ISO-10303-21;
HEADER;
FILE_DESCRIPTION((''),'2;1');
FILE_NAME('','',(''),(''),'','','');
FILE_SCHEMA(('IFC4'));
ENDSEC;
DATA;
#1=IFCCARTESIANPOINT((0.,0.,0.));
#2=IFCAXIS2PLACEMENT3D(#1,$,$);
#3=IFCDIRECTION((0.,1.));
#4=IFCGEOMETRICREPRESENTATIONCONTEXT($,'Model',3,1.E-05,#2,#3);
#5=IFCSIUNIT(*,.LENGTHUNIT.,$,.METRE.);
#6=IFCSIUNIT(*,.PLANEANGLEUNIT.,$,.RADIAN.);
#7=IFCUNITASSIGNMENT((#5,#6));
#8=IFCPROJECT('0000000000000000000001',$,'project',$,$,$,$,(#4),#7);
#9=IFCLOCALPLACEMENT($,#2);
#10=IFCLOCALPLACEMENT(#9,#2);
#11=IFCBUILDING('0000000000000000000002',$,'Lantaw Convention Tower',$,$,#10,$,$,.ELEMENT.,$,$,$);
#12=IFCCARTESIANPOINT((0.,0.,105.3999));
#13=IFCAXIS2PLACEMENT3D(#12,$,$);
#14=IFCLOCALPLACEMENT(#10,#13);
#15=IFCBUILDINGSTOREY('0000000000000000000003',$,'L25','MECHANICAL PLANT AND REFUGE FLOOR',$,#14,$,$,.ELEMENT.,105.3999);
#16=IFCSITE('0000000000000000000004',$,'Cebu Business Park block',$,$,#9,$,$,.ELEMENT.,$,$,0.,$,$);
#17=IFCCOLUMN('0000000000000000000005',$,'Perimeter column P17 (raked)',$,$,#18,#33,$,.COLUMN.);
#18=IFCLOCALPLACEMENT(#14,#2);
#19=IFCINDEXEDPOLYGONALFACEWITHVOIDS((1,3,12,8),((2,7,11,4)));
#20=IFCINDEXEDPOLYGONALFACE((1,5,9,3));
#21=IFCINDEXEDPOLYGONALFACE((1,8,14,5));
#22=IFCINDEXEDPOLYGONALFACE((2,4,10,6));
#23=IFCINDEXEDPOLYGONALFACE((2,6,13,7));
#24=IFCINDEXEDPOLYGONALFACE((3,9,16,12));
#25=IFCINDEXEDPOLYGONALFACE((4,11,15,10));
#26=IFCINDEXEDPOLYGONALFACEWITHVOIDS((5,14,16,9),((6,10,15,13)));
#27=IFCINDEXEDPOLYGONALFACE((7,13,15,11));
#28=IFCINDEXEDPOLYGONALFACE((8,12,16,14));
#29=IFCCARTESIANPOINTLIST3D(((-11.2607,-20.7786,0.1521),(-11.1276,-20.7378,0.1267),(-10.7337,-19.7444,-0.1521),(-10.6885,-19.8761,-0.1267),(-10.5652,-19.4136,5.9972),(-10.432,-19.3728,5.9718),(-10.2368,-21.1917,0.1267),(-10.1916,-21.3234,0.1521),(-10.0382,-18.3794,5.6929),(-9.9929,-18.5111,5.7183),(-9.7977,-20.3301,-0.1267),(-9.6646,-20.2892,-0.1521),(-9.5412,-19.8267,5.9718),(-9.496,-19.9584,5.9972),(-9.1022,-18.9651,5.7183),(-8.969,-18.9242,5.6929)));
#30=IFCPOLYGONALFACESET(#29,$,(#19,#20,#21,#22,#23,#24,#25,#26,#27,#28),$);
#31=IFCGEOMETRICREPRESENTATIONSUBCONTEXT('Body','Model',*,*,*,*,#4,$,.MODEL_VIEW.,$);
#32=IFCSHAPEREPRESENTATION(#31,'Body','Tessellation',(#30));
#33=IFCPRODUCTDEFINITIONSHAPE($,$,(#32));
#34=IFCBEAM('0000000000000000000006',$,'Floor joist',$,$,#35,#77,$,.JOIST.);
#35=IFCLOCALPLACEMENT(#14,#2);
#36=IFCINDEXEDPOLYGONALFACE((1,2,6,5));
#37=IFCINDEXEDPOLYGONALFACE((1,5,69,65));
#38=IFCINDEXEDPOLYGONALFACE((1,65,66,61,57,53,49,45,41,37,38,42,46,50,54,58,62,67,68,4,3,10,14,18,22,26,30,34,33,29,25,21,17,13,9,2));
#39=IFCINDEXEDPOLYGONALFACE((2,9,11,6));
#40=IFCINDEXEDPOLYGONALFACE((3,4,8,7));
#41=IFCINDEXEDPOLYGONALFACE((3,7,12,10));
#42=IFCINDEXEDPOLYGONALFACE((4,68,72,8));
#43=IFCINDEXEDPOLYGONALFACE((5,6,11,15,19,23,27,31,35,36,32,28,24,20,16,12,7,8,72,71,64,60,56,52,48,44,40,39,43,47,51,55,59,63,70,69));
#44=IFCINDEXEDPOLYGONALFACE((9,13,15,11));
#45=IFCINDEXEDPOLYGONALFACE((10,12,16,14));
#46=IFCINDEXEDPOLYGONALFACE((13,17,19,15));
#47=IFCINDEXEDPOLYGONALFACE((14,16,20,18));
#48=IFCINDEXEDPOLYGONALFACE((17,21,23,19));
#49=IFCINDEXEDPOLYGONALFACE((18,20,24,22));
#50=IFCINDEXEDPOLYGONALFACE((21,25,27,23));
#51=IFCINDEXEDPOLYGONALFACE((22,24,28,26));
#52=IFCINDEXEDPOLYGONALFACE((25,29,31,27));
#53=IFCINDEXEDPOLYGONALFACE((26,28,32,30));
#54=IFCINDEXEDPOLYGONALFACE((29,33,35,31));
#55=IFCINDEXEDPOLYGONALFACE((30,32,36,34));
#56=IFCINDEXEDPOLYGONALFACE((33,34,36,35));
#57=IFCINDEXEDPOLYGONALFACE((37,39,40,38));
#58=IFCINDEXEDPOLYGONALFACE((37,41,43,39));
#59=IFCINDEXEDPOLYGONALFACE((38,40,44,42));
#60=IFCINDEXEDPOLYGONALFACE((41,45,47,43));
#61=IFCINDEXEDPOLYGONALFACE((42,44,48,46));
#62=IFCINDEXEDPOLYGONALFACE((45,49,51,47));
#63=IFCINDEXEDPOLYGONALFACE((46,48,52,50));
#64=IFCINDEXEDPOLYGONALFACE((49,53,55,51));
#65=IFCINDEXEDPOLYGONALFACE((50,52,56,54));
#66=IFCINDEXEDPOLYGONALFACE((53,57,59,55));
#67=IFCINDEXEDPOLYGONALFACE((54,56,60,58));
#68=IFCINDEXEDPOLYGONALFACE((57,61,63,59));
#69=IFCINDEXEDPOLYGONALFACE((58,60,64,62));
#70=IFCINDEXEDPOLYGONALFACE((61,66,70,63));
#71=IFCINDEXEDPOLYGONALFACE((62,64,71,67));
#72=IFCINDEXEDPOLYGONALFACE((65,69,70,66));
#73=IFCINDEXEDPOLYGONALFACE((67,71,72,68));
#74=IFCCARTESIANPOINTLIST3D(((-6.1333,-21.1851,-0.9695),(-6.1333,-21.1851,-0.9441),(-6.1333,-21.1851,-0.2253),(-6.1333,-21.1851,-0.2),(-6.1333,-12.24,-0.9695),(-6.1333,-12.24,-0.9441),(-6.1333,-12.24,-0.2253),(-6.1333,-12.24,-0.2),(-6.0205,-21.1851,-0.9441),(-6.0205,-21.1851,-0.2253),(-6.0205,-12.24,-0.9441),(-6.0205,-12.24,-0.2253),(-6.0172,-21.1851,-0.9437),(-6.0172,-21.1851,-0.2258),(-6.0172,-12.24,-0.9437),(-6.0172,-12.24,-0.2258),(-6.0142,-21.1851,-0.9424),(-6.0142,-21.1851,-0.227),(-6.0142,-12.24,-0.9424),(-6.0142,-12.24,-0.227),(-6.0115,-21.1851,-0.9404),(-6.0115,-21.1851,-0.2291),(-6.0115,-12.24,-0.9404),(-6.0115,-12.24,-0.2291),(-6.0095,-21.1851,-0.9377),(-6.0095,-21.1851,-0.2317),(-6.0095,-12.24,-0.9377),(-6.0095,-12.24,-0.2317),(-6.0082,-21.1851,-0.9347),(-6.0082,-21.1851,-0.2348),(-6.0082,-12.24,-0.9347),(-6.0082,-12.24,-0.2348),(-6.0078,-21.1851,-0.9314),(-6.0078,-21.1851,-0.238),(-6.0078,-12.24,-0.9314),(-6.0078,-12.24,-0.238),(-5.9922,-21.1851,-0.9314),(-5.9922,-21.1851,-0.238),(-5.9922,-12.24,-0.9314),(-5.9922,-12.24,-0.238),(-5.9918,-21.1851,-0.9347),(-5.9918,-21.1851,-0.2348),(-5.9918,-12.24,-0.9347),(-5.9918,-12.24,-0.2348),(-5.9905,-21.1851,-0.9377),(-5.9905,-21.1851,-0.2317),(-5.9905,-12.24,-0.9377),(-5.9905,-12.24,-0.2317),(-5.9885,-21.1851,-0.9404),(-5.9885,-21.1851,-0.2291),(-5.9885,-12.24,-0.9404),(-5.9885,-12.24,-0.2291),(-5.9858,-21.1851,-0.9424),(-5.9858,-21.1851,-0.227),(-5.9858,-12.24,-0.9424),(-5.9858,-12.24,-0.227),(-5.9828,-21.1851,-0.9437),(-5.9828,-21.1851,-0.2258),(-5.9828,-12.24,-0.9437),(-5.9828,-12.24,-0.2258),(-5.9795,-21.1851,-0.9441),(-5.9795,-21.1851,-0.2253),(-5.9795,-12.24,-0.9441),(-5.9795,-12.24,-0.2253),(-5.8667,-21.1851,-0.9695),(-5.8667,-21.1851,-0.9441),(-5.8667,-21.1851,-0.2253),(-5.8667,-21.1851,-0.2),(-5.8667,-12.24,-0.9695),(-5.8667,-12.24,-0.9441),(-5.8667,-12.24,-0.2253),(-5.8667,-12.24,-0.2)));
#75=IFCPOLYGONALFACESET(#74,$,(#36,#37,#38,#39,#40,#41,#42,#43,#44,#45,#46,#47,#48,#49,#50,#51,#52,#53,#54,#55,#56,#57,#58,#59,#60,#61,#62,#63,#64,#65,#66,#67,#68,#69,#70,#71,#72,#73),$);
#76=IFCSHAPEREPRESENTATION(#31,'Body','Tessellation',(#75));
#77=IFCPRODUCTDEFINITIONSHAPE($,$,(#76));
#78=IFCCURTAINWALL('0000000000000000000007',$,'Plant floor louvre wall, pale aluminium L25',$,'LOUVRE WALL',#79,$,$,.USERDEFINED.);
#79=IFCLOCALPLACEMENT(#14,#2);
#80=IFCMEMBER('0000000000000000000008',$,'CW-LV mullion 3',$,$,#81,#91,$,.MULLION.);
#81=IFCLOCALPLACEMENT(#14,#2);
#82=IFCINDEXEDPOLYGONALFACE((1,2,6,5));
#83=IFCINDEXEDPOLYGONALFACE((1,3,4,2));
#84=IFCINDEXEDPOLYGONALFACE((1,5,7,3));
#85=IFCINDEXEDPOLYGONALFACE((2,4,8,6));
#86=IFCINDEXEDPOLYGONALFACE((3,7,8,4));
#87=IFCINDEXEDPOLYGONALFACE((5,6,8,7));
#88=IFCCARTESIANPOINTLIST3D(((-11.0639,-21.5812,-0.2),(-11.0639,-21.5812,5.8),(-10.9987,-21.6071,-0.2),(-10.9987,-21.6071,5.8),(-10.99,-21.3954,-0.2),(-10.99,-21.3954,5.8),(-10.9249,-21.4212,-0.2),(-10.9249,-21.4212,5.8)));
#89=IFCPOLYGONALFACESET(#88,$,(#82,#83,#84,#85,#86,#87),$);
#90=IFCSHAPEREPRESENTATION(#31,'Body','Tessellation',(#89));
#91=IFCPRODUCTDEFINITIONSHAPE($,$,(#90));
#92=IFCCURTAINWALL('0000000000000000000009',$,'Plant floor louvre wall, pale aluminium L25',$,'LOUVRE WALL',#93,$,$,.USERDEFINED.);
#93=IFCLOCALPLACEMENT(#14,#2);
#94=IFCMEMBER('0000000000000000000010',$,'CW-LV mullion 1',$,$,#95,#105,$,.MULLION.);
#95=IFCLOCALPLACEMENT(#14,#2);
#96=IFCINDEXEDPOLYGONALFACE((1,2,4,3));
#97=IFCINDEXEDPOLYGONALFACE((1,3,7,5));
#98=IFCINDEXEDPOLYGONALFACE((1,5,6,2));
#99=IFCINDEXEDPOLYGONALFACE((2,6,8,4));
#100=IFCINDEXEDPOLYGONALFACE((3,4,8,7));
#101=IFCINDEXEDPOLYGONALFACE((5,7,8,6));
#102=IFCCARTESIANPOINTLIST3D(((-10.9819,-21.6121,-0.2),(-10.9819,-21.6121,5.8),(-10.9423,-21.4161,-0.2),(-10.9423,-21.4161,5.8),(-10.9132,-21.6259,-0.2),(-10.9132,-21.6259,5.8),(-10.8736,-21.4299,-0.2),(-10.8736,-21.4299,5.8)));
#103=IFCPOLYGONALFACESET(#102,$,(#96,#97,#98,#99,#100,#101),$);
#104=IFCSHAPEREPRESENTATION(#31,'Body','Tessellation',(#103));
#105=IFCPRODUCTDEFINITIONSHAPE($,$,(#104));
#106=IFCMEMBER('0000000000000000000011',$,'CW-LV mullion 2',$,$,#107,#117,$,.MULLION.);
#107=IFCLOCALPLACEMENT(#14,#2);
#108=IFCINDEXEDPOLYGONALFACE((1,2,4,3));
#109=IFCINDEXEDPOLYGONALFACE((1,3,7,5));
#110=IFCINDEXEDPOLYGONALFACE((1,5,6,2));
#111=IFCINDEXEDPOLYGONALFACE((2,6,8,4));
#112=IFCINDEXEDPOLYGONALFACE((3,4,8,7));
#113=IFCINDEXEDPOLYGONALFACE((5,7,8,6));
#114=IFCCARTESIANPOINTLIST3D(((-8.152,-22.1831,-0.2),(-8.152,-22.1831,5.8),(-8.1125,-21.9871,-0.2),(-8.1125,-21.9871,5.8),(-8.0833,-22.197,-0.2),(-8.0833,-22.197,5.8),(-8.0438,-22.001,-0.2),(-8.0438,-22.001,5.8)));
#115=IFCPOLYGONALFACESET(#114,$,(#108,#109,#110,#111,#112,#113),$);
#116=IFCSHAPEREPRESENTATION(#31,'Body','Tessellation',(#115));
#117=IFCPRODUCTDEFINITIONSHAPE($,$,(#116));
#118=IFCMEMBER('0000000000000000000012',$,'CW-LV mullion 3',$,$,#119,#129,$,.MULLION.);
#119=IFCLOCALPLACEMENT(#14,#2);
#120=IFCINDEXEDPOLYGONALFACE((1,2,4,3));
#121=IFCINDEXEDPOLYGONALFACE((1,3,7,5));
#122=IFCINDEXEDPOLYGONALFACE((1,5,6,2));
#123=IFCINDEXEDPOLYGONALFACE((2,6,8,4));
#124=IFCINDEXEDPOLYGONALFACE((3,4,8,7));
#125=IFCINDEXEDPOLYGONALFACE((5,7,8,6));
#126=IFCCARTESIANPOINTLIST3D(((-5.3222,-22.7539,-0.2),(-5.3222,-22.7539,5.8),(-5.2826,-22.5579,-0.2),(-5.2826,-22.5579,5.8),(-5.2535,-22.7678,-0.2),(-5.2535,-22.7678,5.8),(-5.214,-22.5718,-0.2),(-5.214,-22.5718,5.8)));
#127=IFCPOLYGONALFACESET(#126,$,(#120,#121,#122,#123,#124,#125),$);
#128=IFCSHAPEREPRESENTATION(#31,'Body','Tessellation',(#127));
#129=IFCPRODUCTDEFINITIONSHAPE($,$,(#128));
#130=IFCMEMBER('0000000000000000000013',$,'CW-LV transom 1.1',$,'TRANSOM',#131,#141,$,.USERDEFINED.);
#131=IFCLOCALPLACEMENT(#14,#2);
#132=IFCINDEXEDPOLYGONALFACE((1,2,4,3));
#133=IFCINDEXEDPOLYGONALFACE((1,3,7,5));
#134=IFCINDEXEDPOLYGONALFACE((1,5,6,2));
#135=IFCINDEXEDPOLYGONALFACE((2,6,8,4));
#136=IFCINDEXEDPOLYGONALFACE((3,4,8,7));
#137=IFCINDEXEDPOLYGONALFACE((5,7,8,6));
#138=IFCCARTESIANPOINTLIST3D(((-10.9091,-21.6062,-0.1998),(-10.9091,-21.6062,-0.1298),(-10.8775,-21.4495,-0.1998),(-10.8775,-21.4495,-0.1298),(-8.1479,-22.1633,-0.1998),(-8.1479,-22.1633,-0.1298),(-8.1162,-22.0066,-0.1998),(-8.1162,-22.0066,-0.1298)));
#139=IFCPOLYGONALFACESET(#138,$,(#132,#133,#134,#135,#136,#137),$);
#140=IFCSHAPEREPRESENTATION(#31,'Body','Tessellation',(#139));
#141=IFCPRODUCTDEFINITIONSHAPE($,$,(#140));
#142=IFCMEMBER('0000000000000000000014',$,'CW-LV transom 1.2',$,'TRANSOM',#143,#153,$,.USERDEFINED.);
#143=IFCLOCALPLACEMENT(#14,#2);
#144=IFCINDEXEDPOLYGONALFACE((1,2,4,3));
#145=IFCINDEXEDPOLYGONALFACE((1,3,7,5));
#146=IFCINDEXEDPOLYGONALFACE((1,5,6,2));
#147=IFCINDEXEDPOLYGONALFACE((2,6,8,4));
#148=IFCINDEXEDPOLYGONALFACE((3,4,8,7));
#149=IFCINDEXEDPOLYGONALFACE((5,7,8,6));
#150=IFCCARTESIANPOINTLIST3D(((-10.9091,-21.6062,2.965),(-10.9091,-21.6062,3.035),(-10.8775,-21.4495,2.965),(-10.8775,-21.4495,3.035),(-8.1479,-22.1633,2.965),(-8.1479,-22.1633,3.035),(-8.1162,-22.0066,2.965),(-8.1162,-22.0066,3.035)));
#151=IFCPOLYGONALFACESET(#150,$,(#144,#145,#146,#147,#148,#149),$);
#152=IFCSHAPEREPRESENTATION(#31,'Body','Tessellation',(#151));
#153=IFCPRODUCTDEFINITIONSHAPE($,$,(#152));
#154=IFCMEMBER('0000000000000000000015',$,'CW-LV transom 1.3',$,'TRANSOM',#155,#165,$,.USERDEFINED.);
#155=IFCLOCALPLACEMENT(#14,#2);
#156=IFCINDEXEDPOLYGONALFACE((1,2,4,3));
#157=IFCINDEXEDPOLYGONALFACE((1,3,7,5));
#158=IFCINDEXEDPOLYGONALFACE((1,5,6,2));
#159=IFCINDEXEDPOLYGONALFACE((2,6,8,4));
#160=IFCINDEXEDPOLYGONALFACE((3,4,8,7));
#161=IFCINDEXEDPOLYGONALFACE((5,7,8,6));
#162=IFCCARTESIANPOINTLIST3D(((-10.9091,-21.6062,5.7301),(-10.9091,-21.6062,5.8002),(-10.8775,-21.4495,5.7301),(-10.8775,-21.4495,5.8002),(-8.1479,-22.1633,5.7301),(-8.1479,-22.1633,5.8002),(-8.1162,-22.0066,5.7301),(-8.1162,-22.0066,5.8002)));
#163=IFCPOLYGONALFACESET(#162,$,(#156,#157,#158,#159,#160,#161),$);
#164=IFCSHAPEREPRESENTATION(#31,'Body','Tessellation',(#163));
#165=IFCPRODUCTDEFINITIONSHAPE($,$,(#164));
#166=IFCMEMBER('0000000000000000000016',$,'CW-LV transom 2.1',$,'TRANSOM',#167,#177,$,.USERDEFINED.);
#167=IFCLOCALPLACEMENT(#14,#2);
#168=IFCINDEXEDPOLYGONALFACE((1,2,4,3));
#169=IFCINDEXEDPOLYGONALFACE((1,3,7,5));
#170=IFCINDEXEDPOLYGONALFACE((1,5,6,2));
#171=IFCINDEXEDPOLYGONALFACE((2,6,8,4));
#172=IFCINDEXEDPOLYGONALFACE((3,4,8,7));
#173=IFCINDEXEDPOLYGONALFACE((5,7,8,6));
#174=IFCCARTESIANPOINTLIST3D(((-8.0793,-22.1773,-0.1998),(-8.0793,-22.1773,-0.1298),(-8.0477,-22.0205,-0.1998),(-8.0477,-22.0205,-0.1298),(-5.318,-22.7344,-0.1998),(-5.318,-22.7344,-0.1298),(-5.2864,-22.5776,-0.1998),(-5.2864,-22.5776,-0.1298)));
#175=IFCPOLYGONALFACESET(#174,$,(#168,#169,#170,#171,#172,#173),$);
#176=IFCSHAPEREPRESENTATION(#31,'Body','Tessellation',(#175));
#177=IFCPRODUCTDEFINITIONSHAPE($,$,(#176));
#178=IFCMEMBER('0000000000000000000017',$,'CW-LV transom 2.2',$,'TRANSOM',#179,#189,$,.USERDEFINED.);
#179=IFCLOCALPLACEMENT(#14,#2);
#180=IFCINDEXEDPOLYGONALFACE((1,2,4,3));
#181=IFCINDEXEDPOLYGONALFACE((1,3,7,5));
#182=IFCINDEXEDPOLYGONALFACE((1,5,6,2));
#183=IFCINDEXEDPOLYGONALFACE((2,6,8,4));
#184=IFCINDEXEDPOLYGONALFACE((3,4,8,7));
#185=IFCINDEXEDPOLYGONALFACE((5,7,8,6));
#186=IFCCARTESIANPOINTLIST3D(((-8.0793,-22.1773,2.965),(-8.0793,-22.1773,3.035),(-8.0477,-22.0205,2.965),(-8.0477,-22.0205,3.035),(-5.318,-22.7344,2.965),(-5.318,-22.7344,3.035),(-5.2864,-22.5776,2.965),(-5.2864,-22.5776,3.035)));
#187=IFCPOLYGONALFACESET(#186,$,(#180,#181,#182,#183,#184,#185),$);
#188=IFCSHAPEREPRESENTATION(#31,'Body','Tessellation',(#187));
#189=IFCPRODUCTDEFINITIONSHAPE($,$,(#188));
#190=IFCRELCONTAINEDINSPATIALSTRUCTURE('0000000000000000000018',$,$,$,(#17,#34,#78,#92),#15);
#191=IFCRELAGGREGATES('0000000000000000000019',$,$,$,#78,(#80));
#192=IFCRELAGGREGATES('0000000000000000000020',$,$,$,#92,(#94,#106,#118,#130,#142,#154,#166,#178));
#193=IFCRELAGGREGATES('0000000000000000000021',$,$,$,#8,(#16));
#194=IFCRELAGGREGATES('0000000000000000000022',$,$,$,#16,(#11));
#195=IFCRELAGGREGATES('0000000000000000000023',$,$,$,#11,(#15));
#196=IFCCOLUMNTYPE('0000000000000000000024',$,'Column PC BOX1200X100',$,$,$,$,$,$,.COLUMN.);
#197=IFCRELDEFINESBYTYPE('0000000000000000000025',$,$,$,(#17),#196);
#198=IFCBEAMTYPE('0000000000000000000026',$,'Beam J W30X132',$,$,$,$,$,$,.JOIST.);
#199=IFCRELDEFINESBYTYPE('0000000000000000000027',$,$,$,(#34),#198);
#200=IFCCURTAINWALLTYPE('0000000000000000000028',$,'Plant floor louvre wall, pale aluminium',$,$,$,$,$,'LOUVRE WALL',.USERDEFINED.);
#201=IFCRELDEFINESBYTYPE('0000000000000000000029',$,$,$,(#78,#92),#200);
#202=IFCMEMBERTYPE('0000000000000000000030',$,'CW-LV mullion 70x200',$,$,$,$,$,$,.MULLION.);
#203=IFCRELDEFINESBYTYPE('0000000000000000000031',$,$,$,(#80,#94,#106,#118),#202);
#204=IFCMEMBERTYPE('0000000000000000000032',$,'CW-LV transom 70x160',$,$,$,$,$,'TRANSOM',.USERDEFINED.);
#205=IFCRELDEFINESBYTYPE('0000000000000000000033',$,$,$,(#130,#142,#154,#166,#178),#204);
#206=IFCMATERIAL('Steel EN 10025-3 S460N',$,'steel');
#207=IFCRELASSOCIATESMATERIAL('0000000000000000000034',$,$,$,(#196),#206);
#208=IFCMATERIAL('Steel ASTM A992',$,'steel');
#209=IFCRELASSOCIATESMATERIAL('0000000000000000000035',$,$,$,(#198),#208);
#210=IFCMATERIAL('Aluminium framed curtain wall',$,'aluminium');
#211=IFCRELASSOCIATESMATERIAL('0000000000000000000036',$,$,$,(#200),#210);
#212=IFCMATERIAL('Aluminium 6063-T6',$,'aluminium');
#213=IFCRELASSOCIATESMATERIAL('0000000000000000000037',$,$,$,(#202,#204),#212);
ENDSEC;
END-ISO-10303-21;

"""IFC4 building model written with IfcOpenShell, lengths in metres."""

from ifc_helpers import new_model, si_unit, direction, frame, origin, origin_2d, place, context, subcontext, project, spatial, rectangle, hollow_rectangle, i_section, extrude, material, material_profile, profile_set, type_object, element, aggregate, save


model = new_model("IFC4")

# Units and contexts
model_context = context("Model", 3, precision=1e-05, world=origin(), true_north=direction((0.0, 1.0)))
body_context = subcontext(model_context, "Body", "Model", "MODEL_VIEW")
ifc_project = project(units=[si_unit("LENGTHUNIT", "METRE"), si_unit("PLANEANGLEUNIT", "RADIAN")], contexts=[model_context])

# Site, building, storey
site_placement = place(None, origin())
site = spatial("IfcSite", under=ifc_project, at=site_placement, Name="Cebu Business Park block", CompositionType="ELEMENT", RefElevation=0.0)
building_placement = place(site_placement, origin())
building = spatial("IfcBuilding", under=site, at=building_placement, Name="Lantaw Convention Tower", CompositionType="ELEMENT")
storey_placement = place(building_placement, frame((0.0, 0.0, 105.3999)))
storey = spatial("IfcBuildingStorey", under=building, at=storey_placement, Name="L25", Description="MECHANICAL PLANT AND REFUGE FLOOR", CompositionType="ELEMENT", Elevation=105.3999)

# Column
ifc_material_1 = material(Name="Steel EN 10025-3 S460N", Category="steel")
ifc_material_profile_1 = material_profile(ifc_material_1, hollow_rectangle(XDim=1.2, YDim=1.2, WallThickness=0.1001, at=origin_2d()), Name="BOX1200X100")
ifc_material_2 = material(Name="Concrete C60/75", Category="concrete")
ifc_material_profile_2 = material_profile(ifc_material_2, rectangle(XDim=1.0, YDim=1.0, at=origin_2d()), Name="Concrete fill of BOX1200X100")
ifc_profile_set_1 = profile_set([ifc_material_profile_1, ifc_material_profile_2], Name="Steel EN 10025-3 S460N")
column_type = type_object("IfcColumnType", Name="Column PC BOX1200X100", PredefinedType="COLUMN", material=ifc_profile_set_1)
column_placement = place(storey_placement, frame((-10.4626, -20.5339, 0.0), z_axis=(0.115113, 0.225902, 0.967325), x_axis=(-0.890991, 0.454021, 0.0)))
element("IfcColumn", 1, at=column_placement, inside=storey, type_object=column_type, Name="Perimeter column P17 (raked)", PredefinedType="COLUMN", context=body_context, shape_type="SweptSolid", body=[
    extrude(hollow_rectangle(XDim=1.2, YDim=1.2, WallThickness=0.1001, at=origin_2d()), origin(), (0.0, 0.0, 1.0), 6.0425),
])

# Beam
ifc_material_3 = material(Name="Steel ASTM A992", Category="steel")
ifc_material_profile_3 = material_profile(ifc_material_3, i_section(OverallWidth=0.2666, OverallDepth=0.7695, WebThickness=0.0156, FlangeThickness=0.0254, FilletRadius=0.0127, at=origin_2d()), Name="W30X132")
ifc_profile_set_2 = profile_set([ifc_material_profile_3], Name="Steel ASTM A992")
beam_type = type_object("IfcBeamType", Name="Beam J W30X132", PredefinedType="JOIST", material=ifc_profile_set_2)
beam_placement = place(storey_placement, frame((-6.0, -21.1851, -0.5847), z_axis=(0.0, 1.0, 0.0), x_axis=(-1.0, 0.0, 0.0)))
element("IfcBeam", 2, at=beam_placement, inside=storey, type_object=beam_type, Name="Floor joist", PredefinedType="JOIST", context=body_context, shape_type="SweptSolid", body=[
    extrude(i_section(OverallWidth=0.2666, OverallDepth=0.7695, WebThickness=0.0156, FlangeThickness=0.0254, FilletRadius=0.0127, at=origin_2d()), origin(), (0.0, 0.0, 1.0), 8.9451),
])

# Curtain wall, member
ifc_material_4 = material(Name="Aluminium framed curtain wall", Category="aluminium")
curtain_wall_type = type_object("IfcCurtainWallType", Name="Plant floor louvre wall, pale aluminium", ElementType="LOUVRE WALL", PredefinedType="USERDEFINED", material=ifc_material_4)
curtain_wall_1_placement = place(storey_placement, origin())
curtain_wall_1 = element("IfcCurtainWall", 3, at=curtain_wall_1_placement, inside=storey, type_object=curtain_wall_type, Name="Plant floor louvre wall, pale aluminium L25", ObjectType="LOUVRE WALL", PredefinedType="USERDEFINED")
ifc_material_5 = material(Name="Aluminium 6063-T6", Category="aluminium")
ifc_material_profile_4 = material_profile(ifc_material_5, rectangle(XDim=0.2, YDim=0.0701, at=origin_2d()), Name="CW-LV mullion 70x200")
ifc_profile_set_3 = profile_set([ifc_material_profile_4], Name="Aluminium 6063-T6")
member_type_1 = type_object("IfcMemberType", Name="CW-LV mullion 70x200", PredefinedType="MULLION", material=ifc_profile_set_3)
member_1_placement = place(storey_placement, frame((-10.9944, -21.5012, -0.2), z_axis=(0.0, 0.0, 1.0), x_axis=(0.369172, 0.929361, 0.0)))
member_1 = element("IfcMember", 4, at=member_1_placement, type_object=member_type_1, Name="CW-LV mullion 3", PredefinedType="MULLION", context=body_context, shape_type="SweptSolid", body=[
    extrude(rectangle(XDim=0.2, YDim=0.0701, at=origin_2d()), origin(), (0.0, 0.0, 1.0), 6.0),
])

# Curtain wall, members
curtain_wall_2_placement = place(storey_placement, origin())
curtain_wall_2 = element("IfcCurtainWall", 5, at=curtain_wall_2_placement, inside=storey, type_object=curtain_wall_type, Name="Plant floor louvre wall, pale aluminium L25", ObjectType="LOUVRE WALL", PredefinedType="USERDEFINED")
member_2_placement = place(storey_placement, frame((-10.9277, -21.521, -0.2), z_axis=(0.0, 0.0, 1.0), x_axis=(0.197789, 0.980245, 0.0)))
member_2 = element("IfcMember", 6, at=member_2_placement, type_object=member_type_1, Name="CW-LV mullion 1", PredefinedType="MULLION", context=body_context, shape_type="SweptSolid", body=[
    extrude(rectangle(XDim=0.2, YDim=0.0701, at=origin_2d()), origin(), (0.0, 0.0, 1.0), 6.0),
])
member_3_placement = place(storey_placement, frame((-8.0979, -22.092, -0.2), z_axis=(0.0, 0.0, 1.0), x_axis=(0.197789, 0.980245, 0.0)))
member_3 = element("IfcMember", 7, at=member_3_placement, type_object=member_type_1, Name="CW-LV mullion 2", PredefinedType="MULLION", context=body_context, shape_type="SweptSolid", body=[
    extrude(rectangle(XDim=0.2, YDim=0.0701, at=origin_2d()), origin(), (0.0, 0.0, 1.0), 6.0),
])
member_4_placement = place(storey_placement, frame((-5.2681, -22.6628, -0.2), z_axis=(0.0, 0.0, 1.0), x_axis=(0.197789, 0.980245, 0.0)))
member_4 = element("IfcMember", 8, at=member_4_placement, type_object=member_type_1, Name="CW-LV mullion 3", PredefinedType="MULLION", context=body_context, shape_type="SweptSolid", body=[
    extrude(rectangle(XDim=0.2, YDim=0.0701, at=origin_2d()), origin(), (0.0, 0.0, 1.0), 6.0),
])
ifc_material_profile_5 = material_profile(ifc_material_5, rectangle(XDim=0.1599, YDim=0.0701, at=origin_2d()), Name="CW-LV transom 70x160")
ifc_profile_set_4 = profile_set([ifc_material_profile_5], Name="Aluminium 6063-T6")
member_type_2 = type_object("IfcMemberType", Name="CW-LV transom 70x160", ElementType="TRANSOM", PredefinedType="USERDEFINED", material=ifc_profile_set_4)
member_5_placement = place(storey_placement, frame((-10.8933, -21.5278, -0.1648), z_axis=(0.980246, -0.197783, 0.0), x_axis=(0.197783, 0.980246, 0.0)))
member_5 = element("IfcMember", 9, at=member_5_placement, type_object=member_type_2, Name="CW-LV transom 1.1", ObjectType="TRANSOM", PredefinedType="USERDEFINED", context=body_context, shape_type="SweptSolid", body=[
    extrude(rectangle(XDim=0.1599, YDim=0.0701, at=origin_2d()), origin(), (0.0, 0.0, 1.0), 2.8169),
])
member_6_placement = place(storey_placement, frame((-10.8933, -21.5278, 3.0), z_axis=(0.980246, -0.197783, 0.0), x_axis=(0.197783, 0.980246, 0.0)))
member_6 = element("IfcMember", 10, at=member_6_placement, type_object=member_type_2, Name="CW-LV transom 1.2", ObjectType="TRANSOM", PredefinedType="USERDEFINED", context=body_context, shape_type="SweptSolid", body=[
    extrude(rectangle(XDim=0.1599, YDim=0.0701, at=origin_2d()), origin(), (0.0, 0.0, 1.0), 2.8169),
])
member_7_placement = place(storey_placement, frame((-10.8933, -21.5278, 5.7651), z_axis=(0.980246, -0.197783, 0.0), x_axis=(0.197783, 0.980246, 0.0)))
member_7 = element("IfcMember", 11, at=member_7_placement, type_object=member_type_2, Name="CW-LV transom 1.3", ObjectType="TRANSOM", PredefinedType="USERDEFINED", context=body_context, shape_type="SweptSolid", body=[
    extrude(rectangle(XDim=0.1599, YDim=0.0701, at=origin_2d()), origin(), (0.0, 0.0, 1.0), 2.8169),
])
member_8_placement = place(storey_placement, frame((-8.0635, -22.0989, -0.1648), z_axis=(0.980246, -0.197783, 0.0), x_axis=(0.197783, 0.980246, 0.0)))
member_8 = element("IfcMember", 12, at=member_8_placement, type_object=member_type_2, Name="CW-LV transom 2.1", ObjectType="TRANSOM", PredefinedType="USERDEFINED", context=body_context, shape_type="SweptSolid", body=[
    extrude(rectangle(XDim=0.1599, YDim=0.0701, at=origin_2d()), origin(), (0.0, 0.0, 1.0), 2.8169),
])
member_9_placement = place(storey_placement, frame((-8.0635, -22.0989, 3.0), z_axis=(0.980246, -0.197783, 0.0), x_axis=(0.197783, 0.980246, 0.0)))
member_9 = element("IfcMember", 13, at=member_9_placement, type_object=member_type_2, Name="CW-LV transom 2.2", ObjectType="TRANSOM", PredefinedType="USERDEFINED", context=body_context, shape_type="SweptSolid", body=[
    extrude(rectangle(XDim=0.1599, YDim=0.0701, at=origin_2d()), origin(), (0.0, 0.0, 1.0), 2.8169),
])

aggregate(curtain_wall_1, [member_1])
aggregate(curtain_wall_2, [member_2, member_3, member_4, member_5, member_6, member_7, member_8, member_9])

save(model, "model.ifc")
